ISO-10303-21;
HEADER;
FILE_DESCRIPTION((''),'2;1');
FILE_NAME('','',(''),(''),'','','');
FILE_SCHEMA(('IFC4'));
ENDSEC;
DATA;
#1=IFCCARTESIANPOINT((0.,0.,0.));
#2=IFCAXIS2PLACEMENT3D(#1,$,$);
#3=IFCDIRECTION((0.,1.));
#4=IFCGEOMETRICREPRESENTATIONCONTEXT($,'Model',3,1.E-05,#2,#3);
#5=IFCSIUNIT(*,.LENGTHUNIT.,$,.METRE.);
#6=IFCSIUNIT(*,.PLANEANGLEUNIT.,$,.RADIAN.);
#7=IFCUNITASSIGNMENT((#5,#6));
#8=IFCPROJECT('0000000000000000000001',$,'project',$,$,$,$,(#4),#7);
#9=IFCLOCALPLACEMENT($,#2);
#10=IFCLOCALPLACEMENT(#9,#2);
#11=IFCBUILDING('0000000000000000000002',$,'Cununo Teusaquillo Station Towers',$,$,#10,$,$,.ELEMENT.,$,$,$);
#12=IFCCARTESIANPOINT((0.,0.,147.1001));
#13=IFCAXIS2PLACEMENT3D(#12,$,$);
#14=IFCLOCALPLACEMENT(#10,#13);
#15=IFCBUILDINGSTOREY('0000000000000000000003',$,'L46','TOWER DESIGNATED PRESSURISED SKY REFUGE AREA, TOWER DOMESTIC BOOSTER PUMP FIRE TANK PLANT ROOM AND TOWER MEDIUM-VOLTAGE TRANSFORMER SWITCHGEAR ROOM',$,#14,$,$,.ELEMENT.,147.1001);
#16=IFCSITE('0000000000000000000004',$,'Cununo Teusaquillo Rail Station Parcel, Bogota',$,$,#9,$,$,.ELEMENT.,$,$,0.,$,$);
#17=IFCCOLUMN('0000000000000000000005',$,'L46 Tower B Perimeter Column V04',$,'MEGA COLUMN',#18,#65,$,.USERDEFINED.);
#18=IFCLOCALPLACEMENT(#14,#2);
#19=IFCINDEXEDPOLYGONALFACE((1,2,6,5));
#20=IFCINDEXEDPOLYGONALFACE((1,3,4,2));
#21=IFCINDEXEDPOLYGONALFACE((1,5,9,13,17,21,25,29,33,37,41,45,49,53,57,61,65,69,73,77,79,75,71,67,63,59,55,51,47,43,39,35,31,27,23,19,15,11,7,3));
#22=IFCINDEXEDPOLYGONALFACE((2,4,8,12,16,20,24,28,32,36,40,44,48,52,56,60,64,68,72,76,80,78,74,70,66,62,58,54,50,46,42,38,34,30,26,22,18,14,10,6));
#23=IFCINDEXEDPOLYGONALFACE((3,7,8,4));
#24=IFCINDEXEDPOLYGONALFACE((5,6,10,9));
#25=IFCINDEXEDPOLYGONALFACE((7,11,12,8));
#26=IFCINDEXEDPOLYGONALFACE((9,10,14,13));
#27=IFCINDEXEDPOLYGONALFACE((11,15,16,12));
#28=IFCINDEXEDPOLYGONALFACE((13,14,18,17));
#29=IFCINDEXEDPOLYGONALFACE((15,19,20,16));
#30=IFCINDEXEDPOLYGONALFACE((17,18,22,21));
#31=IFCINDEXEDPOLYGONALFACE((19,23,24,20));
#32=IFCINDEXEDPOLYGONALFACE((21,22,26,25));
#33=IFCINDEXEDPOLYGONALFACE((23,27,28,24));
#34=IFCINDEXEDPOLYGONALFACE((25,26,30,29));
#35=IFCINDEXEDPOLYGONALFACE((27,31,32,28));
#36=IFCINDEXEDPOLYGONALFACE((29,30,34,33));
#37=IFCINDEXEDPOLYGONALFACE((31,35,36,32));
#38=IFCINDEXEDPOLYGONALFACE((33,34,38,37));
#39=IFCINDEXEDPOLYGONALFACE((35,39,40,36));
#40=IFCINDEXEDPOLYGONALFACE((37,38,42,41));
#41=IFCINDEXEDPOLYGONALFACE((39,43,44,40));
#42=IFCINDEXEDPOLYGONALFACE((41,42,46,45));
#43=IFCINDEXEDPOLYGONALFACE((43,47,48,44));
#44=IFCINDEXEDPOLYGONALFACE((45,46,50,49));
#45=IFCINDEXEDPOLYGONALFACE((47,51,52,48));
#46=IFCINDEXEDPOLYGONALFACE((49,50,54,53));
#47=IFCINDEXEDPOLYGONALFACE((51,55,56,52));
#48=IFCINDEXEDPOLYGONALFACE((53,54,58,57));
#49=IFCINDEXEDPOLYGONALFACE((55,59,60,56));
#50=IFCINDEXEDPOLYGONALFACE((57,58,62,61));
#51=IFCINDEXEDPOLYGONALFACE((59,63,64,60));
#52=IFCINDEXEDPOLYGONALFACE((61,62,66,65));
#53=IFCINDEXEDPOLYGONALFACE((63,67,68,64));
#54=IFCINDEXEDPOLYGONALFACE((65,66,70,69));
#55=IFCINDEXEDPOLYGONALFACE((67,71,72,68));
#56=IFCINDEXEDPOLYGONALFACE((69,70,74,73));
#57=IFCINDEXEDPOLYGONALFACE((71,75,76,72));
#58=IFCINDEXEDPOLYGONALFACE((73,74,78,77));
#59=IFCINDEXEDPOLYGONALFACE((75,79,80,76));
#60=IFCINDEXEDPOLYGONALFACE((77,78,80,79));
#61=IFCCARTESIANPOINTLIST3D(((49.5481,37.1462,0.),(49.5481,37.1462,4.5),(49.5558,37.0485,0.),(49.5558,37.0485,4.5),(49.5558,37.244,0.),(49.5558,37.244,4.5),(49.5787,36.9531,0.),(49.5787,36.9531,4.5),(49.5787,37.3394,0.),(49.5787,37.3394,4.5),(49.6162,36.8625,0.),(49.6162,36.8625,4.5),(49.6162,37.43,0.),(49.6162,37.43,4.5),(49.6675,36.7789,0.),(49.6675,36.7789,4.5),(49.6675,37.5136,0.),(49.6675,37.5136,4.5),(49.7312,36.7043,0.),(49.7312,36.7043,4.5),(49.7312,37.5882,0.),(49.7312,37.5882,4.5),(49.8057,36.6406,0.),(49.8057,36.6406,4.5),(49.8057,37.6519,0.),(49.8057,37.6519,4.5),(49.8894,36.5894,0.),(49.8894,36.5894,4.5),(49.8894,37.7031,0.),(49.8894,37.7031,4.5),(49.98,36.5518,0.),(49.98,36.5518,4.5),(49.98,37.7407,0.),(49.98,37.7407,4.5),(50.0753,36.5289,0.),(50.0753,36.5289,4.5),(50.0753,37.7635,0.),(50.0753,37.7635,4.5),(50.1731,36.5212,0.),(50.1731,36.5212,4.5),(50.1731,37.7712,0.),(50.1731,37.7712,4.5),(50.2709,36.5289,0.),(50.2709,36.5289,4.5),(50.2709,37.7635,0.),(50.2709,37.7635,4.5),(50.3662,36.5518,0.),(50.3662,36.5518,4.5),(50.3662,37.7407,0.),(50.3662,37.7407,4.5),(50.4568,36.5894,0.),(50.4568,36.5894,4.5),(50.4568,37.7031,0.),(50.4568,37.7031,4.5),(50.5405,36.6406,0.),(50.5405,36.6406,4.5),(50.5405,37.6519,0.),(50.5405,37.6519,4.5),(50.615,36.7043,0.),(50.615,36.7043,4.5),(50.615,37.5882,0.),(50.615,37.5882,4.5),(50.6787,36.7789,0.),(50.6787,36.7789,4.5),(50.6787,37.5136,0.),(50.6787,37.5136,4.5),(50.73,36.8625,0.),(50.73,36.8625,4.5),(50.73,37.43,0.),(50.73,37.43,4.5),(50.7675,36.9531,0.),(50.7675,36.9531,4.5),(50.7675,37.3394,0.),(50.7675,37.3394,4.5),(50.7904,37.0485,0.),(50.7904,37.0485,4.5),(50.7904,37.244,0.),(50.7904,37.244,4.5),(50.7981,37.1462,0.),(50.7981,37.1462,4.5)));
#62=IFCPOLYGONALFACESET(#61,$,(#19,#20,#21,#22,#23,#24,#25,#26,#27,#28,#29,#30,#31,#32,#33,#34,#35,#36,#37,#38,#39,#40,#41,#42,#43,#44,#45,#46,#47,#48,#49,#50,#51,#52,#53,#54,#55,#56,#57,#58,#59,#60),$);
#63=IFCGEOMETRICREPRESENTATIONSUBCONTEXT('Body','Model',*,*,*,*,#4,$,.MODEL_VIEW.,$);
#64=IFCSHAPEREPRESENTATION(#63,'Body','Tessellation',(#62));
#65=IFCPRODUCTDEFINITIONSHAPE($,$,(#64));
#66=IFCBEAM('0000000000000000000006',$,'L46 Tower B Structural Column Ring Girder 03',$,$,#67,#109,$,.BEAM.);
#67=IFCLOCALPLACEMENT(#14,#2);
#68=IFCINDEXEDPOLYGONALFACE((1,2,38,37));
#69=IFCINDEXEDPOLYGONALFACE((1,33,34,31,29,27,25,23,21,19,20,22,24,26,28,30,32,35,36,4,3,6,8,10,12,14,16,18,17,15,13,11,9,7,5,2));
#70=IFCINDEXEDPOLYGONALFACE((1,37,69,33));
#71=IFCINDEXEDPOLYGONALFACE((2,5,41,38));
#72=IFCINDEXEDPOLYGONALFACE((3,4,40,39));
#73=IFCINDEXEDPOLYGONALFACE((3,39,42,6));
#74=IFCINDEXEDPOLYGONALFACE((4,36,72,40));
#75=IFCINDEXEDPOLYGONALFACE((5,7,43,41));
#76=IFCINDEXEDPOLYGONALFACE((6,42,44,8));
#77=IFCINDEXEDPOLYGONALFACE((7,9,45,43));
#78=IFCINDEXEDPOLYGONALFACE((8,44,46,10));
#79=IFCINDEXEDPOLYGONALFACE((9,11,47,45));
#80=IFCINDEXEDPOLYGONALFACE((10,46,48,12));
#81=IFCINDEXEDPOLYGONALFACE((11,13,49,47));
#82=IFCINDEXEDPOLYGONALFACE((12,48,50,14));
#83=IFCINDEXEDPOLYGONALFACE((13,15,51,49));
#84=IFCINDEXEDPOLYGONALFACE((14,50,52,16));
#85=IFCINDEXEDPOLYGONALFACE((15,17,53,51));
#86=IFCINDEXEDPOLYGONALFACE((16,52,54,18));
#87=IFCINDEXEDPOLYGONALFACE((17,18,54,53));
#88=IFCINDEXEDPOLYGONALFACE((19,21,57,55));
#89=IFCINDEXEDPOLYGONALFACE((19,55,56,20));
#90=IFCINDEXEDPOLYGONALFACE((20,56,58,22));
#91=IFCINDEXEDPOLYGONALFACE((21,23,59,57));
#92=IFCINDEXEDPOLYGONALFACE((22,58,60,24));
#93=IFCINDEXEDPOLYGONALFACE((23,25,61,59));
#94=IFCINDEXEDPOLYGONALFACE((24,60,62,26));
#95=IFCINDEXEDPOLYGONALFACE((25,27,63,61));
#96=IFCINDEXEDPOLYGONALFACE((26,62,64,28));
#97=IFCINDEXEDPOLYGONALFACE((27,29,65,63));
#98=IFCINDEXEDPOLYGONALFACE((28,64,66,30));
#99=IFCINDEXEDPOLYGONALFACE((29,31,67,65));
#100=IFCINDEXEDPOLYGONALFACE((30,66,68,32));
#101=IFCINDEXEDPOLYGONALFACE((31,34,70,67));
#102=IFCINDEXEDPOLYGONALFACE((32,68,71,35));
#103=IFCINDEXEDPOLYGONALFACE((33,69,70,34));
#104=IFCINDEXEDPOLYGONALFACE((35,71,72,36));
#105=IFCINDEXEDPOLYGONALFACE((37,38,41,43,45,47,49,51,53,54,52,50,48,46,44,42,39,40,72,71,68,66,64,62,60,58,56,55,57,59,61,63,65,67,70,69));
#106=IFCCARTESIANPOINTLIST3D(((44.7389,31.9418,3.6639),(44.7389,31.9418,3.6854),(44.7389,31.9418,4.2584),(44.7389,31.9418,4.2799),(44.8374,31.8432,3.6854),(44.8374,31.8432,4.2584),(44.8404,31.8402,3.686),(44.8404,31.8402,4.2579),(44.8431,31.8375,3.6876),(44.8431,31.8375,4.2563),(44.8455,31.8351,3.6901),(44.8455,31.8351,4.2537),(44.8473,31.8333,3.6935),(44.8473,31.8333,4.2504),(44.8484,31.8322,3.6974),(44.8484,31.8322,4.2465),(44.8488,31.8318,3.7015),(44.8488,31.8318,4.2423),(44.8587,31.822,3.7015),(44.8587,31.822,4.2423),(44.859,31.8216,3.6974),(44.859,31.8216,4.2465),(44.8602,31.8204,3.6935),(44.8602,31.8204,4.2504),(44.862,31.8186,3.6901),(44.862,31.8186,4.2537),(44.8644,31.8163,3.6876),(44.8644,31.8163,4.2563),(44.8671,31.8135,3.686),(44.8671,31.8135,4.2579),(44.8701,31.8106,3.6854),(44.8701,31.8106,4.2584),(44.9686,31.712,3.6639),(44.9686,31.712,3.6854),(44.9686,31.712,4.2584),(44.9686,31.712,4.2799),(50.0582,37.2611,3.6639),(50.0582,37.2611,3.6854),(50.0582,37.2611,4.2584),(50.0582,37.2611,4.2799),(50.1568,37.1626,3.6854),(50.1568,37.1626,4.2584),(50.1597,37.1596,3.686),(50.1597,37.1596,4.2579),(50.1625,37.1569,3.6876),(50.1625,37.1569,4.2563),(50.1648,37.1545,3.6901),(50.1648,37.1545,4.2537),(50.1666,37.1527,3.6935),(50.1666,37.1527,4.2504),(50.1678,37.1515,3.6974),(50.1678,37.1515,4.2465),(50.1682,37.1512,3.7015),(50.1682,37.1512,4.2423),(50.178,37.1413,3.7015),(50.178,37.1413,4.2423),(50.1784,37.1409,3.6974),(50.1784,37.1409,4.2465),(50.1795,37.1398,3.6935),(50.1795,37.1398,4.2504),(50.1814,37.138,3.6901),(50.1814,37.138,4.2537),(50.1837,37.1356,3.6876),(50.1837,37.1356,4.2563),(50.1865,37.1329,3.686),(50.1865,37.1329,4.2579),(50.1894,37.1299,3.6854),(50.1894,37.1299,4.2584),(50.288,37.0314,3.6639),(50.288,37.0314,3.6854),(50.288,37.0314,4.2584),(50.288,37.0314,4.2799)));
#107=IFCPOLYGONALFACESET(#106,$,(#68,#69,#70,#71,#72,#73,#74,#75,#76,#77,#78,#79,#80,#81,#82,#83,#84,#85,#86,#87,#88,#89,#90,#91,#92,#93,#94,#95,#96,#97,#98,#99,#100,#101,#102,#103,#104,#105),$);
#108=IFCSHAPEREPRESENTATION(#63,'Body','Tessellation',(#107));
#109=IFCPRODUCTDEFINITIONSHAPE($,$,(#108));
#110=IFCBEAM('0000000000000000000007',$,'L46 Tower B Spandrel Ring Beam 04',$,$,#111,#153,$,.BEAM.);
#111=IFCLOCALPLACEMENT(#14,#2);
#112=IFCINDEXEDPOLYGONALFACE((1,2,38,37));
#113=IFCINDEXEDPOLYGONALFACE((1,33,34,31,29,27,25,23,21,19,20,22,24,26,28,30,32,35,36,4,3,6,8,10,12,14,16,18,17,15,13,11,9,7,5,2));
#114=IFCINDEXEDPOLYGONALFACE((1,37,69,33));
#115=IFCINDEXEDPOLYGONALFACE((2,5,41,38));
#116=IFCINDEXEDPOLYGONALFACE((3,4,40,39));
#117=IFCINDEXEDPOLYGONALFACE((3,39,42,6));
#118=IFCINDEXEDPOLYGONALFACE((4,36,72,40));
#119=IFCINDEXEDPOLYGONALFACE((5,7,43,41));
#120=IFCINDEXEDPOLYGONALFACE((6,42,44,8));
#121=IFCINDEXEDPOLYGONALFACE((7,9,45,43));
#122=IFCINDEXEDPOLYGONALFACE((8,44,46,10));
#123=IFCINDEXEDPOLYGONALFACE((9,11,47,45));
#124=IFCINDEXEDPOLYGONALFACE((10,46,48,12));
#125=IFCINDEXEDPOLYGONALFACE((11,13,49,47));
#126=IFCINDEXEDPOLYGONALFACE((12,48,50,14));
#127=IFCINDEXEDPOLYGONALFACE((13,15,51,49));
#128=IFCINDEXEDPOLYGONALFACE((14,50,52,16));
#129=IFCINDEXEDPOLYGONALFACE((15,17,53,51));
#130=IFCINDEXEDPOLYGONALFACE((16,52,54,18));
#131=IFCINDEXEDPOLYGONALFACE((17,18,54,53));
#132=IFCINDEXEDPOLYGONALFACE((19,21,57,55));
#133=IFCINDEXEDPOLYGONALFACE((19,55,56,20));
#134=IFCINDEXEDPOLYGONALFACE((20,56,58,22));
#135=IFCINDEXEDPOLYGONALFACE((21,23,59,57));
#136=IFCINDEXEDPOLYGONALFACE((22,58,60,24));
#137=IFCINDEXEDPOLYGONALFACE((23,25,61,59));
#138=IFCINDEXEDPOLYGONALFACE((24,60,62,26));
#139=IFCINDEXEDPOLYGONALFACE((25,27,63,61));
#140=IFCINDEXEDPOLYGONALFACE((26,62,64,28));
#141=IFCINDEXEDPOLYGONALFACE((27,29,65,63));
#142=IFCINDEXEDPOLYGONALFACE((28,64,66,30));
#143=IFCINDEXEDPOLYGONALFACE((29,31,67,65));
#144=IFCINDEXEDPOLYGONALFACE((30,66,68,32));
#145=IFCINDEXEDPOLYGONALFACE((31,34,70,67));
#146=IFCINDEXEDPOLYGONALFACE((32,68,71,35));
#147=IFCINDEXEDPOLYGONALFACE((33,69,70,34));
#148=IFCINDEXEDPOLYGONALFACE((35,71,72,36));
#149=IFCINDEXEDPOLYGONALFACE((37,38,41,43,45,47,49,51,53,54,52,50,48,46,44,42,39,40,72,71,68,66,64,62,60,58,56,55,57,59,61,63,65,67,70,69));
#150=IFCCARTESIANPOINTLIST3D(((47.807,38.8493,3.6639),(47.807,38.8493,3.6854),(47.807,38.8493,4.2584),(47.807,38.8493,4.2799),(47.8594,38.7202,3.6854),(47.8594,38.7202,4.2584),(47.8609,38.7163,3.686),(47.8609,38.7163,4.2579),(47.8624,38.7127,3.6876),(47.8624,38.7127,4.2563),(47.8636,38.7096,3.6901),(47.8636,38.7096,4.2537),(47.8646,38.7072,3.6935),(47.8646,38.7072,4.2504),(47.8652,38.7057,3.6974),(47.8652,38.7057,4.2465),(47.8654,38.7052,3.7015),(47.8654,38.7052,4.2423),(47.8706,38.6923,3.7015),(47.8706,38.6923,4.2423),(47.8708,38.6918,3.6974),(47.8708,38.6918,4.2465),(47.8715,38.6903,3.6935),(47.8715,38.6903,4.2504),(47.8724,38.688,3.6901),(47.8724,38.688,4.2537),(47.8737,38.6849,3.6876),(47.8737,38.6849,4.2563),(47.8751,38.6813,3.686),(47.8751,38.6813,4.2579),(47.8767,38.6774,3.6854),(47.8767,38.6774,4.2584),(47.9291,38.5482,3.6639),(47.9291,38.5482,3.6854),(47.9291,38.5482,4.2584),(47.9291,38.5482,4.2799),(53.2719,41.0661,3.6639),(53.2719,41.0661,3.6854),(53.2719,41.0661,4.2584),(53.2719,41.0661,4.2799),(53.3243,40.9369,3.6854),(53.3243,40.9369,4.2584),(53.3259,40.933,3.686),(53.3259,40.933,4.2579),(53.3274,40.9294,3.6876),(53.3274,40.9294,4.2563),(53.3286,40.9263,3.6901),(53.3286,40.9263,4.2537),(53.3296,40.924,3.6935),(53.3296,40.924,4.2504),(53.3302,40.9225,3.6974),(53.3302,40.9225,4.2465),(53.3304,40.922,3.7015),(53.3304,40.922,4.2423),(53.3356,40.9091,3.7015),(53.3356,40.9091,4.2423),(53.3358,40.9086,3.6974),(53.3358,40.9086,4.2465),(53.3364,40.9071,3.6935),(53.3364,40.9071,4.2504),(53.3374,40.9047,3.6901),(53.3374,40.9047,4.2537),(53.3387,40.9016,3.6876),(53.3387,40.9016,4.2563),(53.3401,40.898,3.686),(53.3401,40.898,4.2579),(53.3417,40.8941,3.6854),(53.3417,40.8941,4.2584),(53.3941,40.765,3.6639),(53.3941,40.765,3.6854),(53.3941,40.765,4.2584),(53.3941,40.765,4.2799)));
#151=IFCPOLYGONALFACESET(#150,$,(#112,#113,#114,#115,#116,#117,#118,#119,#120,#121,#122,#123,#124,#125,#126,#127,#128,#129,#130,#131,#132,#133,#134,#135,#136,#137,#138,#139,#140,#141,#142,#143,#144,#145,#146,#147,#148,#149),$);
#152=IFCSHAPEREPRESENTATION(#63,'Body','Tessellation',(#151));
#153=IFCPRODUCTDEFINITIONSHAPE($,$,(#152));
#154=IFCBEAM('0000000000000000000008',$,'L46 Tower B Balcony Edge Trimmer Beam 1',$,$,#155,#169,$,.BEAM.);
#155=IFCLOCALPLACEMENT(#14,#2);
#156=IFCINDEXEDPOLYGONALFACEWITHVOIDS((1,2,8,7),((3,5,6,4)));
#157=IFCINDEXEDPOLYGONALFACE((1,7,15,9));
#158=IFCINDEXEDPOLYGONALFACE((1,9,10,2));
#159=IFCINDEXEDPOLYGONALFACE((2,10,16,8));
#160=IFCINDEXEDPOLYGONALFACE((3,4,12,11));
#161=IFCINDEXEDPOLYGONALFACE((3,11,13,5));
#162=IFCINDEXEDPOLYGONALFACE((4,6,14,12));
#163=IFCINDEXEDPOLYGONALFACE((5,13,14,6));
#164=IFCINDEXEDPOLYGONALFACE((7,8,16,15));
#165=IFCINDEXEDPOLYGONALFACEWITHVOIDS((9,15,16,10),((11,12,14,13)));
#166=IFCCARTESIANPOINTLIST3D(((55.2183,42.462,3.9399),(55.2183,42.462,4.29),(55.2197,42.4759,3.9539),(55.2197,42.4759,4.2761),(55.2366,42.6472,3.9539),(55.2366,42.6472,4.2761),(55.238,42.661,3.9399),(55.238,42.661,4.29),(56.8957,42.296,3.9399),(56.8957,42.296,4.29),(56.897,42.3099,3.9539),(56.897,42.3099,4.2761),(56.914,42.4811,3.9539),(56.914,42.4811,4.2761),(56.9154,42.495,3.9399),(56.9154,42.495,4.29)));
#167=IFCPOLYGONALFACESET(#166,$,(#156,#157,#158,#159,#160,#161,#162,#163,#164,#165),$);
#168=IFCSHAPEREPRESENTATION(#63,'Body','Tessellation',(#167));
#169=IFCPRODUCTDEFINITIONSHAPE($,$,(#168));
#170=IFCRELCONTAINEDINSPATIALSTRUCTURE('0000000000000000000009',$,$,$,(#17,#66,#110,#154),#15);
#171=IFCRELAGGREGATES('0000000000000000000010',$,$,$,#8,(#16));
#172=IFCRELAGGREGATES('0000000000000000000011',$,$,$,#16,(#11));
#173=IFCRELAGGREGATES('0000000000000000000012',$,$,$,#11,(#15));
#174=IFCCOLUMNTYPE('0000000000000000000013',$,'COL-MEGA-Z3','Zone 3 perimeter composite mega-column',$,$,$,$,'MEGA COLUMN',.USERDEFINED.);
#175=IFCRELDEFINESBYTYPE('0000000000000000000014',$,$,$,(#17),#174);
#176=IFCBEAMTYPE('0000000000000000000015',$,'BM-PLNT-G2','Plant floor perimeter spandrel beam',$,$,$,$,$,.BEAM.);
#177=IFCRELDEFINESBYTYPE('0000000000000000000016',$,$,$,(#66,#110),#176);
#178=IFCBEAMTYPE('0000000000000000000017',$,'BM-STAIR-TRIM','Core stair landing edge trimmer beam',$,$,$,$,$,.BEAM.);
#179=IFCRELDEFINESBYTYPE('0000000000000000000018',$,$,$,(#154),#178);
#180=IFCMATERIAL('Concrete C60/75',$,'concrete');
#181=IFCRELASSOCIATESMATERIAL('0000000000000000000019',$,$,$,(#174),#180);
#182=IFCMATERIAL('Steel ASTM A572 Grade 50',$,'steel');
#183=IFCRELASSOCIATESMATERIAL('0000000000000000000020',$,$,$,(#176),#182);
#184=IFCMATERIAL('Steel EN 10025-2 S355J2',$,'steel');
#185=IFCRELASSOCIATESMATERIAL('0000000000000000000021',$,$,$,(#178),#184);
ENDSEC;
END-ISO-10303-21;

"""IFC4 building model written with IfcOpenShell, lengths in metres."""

from ifc_helpers import new_model, si_unit, direction, frame, origin, origin_2d, place, context, subcontext, project, spatial, hollow_rectangle, circle, i_section, extrude, material, material_profile, profile_set, type_object, element, save


model = new_model("IFC4")

# Units and contexts
model_context = context("Model", 3, precision=1e-05, world=origin(), true_north=direction((0.0, 1.0)))
body_context = subcontext(model_context, "Body", "Model", "MODEL_VIEW")
ifc_project = project(units=[si_unit("LENGTHUNIT", "METRE"), si_unit("PLANEANGLEUNIT", "RADIAN")], contexts=[model_context])

# Site, building, storey
site_placement = place(None, origin())
site = spatial("IfcSite", under=ifc_project, at=site_placement, Name="Cununo Teusaquillo Rail Station Parcel, Bogota", CompositionType="ELEMENT", RefElevation=0.0)
building_placement = place(site_placement, origin())
building = spatial("IfcBuilding", under=site, at=building_placement, Name="Cununo Teusaquillo Station Towers", CompositionType="ELEMENT")
storey_placement = place(building_placement, frame((0.0, 0.0, 147.1001)))
storey = spatial("IfcBuildingStorey", under=building, at=storey_placement, Name="L46", Description="TOWER DESIGNATED PRESSURISED SKY REFUGE AREA, TOWER DOMESTIC BOOSTER PUMP FIRE TANK PLANT ROOM AND TOWER MEDIUM-VOLTAGE TRANSFORMER SWITCHGEAR ROOM", CompositionType="ELEMENT", Elevation=147.1001)

# Column
ifc_material_1 = material(Name="Concrete C60/75", Category="concrete")
ifc_material_profile_1 = material_profile(ifc_material_1, circle(Radius=0.625, at=origin_2d()), Name="RC-CIRC-1250")
ifc_profile_set_1 = profile_set([ifc_material_profile_1], Name="Concrete C60/75")
column_type = type_object("IfcColumnType", Name="COL-MEGA-Z3", Description="Zone 3 perimeter composite mega-column", ElementType="MEGA COLUMN", PredefinedType="USERDEFINED", material=ifc_profile_set_1)
column_placement = place(storey_placement, frame((50.1731, 37.1462, 0.0), z_axis=(0.0, 0.0, 1.0), x_axis=(1.0, 0.0, 0.0)))
element("IfcColumn", 1, at=column_placement, inside=storey, type_object=column_type, Name="L46 Tower B Perimeter Column V04", ObjectType="MEGA COLUMN", PredefinedType="USERDEFINED", context=body_context, shape_type="SweptSolid", body=[
    extrude(circle(Radius=0.625, at=origin_2d()), origin(), (0.0, 0.0, 1.0), 4.5),
])

# Beams
ifc_material_2 = material(Name="Steel ASTM A572 Grade 50", Category="steel")
ifc_material_profile_2 = material_profile(ifc_material_2, i_section(OverallWidth=0.325, OverallDepth=0.616, WebThickness=0.0139, FlangeThickness=0.0215, FilletRadius=0.0161, at=origin_2d()), Name="W24X117")
ifc_profile_set_2 = profile_set([ifc_material_profile_2], Name="Steel ASTM A572 Grade 50")
beam_type_1 = type_object("IfcBeamType", Name="BM-PLNT-G2", Description="Plant floor perimeter spandrel beam", PredefinedType="BEAM", material=ifc_profile_set_2)
beam_1_placement = place(storey_placement, frame((50.1731, 37.1462, 3.9719), z_axis=(-0.707107, -0.707107, 0.0), x_axis=(0.707107, -0.707107, 0.0)))
element("IfcBeam", 2, at=beam_1_placement, inside=storey, type_object=beam_type_1, Name="L46 Tower B Structural Column Ring Girder 03", PredefinedType="BEAM", context=body_context, shape_type="SweptSolid", body=[
    extrude(i_section(OverallWidth=0.325, OverallDepth=0.616, WebThickness=0.0139, FlangeThickness=0.0215, FilletRadius=0.0161, at=origin_2d()), origin(), (0.0, 0.0, 1.0), 7.5227),
])
beam_2_placement = place(storey_placement, frame((53.333, 40.9155, 3.9719), z_axis=(-0.926667, -0.375883, 0.0), x_axis=(0.375883, -0.926667, 0.0)))
element("IfcBeam", 3, at=beam_2_placement, inside=storey, type_object=beam_type_1, Name="L46 Tower B Spandrel Ring Beam 04", PredefinedType="BEAM", context=body_context, shape_type="SweptSolid", body=[
    extrude(i_section(OverallWidth=0.325, OverallDepth=0.616, WebThickness=0.0139, FlangeThickness=0.0215, FilletRadius=0.0161, at=origin_2d()), origin(), (0.0, 0.0, 1.0), 5.8975),
])
ifc_material_3 = material(Name="Steel EN 10025-2 S355J2", Category="steel")
ifc_material_profile_3 = material_profile(ifc_material_3, hollow_rectangle(XDim=0.2, YDim=0.3501, WallThickness=0.0139, at=origin_2d()), Name="RHS 350x200x14")
ifc_profile_set_3 = profile_set([ifc_material_profile_3], Name="Steel EN 10025-2 S355J2")
beam_type_2 = type_object("IfcBeamType", Name="BM-STAIR-TRIM", Description="Core stair landing edge trimmer beam", PredefinedType="BEAM", material=ifc_profile_set_3)
beam_3_placement = place(storey_placement, frame((56.9055, 42.3955, 4.115), z_axis=(-0.995137, 0.0985, 0.0), x_axis=(-0.0985, -0.995137, 0.0)))
element("IfcBeam", 4, at=beam_3_placement, inside=storey, type_object=beam_type_2, Name="L46 Tower B Balcony Edge Trimmer Beam 1", PredefinedType="BEAM", context=body_context, shape_type="SweptSolid", body=[
    extrude(hollow_rectangle(XDim=0.2, YDim=0.3501, WallThickness=0.0139, at=origin_2d()), origin(), (0.0, 0.0, 1.0), 1.6855),
])

save(model, "model.ifc")
